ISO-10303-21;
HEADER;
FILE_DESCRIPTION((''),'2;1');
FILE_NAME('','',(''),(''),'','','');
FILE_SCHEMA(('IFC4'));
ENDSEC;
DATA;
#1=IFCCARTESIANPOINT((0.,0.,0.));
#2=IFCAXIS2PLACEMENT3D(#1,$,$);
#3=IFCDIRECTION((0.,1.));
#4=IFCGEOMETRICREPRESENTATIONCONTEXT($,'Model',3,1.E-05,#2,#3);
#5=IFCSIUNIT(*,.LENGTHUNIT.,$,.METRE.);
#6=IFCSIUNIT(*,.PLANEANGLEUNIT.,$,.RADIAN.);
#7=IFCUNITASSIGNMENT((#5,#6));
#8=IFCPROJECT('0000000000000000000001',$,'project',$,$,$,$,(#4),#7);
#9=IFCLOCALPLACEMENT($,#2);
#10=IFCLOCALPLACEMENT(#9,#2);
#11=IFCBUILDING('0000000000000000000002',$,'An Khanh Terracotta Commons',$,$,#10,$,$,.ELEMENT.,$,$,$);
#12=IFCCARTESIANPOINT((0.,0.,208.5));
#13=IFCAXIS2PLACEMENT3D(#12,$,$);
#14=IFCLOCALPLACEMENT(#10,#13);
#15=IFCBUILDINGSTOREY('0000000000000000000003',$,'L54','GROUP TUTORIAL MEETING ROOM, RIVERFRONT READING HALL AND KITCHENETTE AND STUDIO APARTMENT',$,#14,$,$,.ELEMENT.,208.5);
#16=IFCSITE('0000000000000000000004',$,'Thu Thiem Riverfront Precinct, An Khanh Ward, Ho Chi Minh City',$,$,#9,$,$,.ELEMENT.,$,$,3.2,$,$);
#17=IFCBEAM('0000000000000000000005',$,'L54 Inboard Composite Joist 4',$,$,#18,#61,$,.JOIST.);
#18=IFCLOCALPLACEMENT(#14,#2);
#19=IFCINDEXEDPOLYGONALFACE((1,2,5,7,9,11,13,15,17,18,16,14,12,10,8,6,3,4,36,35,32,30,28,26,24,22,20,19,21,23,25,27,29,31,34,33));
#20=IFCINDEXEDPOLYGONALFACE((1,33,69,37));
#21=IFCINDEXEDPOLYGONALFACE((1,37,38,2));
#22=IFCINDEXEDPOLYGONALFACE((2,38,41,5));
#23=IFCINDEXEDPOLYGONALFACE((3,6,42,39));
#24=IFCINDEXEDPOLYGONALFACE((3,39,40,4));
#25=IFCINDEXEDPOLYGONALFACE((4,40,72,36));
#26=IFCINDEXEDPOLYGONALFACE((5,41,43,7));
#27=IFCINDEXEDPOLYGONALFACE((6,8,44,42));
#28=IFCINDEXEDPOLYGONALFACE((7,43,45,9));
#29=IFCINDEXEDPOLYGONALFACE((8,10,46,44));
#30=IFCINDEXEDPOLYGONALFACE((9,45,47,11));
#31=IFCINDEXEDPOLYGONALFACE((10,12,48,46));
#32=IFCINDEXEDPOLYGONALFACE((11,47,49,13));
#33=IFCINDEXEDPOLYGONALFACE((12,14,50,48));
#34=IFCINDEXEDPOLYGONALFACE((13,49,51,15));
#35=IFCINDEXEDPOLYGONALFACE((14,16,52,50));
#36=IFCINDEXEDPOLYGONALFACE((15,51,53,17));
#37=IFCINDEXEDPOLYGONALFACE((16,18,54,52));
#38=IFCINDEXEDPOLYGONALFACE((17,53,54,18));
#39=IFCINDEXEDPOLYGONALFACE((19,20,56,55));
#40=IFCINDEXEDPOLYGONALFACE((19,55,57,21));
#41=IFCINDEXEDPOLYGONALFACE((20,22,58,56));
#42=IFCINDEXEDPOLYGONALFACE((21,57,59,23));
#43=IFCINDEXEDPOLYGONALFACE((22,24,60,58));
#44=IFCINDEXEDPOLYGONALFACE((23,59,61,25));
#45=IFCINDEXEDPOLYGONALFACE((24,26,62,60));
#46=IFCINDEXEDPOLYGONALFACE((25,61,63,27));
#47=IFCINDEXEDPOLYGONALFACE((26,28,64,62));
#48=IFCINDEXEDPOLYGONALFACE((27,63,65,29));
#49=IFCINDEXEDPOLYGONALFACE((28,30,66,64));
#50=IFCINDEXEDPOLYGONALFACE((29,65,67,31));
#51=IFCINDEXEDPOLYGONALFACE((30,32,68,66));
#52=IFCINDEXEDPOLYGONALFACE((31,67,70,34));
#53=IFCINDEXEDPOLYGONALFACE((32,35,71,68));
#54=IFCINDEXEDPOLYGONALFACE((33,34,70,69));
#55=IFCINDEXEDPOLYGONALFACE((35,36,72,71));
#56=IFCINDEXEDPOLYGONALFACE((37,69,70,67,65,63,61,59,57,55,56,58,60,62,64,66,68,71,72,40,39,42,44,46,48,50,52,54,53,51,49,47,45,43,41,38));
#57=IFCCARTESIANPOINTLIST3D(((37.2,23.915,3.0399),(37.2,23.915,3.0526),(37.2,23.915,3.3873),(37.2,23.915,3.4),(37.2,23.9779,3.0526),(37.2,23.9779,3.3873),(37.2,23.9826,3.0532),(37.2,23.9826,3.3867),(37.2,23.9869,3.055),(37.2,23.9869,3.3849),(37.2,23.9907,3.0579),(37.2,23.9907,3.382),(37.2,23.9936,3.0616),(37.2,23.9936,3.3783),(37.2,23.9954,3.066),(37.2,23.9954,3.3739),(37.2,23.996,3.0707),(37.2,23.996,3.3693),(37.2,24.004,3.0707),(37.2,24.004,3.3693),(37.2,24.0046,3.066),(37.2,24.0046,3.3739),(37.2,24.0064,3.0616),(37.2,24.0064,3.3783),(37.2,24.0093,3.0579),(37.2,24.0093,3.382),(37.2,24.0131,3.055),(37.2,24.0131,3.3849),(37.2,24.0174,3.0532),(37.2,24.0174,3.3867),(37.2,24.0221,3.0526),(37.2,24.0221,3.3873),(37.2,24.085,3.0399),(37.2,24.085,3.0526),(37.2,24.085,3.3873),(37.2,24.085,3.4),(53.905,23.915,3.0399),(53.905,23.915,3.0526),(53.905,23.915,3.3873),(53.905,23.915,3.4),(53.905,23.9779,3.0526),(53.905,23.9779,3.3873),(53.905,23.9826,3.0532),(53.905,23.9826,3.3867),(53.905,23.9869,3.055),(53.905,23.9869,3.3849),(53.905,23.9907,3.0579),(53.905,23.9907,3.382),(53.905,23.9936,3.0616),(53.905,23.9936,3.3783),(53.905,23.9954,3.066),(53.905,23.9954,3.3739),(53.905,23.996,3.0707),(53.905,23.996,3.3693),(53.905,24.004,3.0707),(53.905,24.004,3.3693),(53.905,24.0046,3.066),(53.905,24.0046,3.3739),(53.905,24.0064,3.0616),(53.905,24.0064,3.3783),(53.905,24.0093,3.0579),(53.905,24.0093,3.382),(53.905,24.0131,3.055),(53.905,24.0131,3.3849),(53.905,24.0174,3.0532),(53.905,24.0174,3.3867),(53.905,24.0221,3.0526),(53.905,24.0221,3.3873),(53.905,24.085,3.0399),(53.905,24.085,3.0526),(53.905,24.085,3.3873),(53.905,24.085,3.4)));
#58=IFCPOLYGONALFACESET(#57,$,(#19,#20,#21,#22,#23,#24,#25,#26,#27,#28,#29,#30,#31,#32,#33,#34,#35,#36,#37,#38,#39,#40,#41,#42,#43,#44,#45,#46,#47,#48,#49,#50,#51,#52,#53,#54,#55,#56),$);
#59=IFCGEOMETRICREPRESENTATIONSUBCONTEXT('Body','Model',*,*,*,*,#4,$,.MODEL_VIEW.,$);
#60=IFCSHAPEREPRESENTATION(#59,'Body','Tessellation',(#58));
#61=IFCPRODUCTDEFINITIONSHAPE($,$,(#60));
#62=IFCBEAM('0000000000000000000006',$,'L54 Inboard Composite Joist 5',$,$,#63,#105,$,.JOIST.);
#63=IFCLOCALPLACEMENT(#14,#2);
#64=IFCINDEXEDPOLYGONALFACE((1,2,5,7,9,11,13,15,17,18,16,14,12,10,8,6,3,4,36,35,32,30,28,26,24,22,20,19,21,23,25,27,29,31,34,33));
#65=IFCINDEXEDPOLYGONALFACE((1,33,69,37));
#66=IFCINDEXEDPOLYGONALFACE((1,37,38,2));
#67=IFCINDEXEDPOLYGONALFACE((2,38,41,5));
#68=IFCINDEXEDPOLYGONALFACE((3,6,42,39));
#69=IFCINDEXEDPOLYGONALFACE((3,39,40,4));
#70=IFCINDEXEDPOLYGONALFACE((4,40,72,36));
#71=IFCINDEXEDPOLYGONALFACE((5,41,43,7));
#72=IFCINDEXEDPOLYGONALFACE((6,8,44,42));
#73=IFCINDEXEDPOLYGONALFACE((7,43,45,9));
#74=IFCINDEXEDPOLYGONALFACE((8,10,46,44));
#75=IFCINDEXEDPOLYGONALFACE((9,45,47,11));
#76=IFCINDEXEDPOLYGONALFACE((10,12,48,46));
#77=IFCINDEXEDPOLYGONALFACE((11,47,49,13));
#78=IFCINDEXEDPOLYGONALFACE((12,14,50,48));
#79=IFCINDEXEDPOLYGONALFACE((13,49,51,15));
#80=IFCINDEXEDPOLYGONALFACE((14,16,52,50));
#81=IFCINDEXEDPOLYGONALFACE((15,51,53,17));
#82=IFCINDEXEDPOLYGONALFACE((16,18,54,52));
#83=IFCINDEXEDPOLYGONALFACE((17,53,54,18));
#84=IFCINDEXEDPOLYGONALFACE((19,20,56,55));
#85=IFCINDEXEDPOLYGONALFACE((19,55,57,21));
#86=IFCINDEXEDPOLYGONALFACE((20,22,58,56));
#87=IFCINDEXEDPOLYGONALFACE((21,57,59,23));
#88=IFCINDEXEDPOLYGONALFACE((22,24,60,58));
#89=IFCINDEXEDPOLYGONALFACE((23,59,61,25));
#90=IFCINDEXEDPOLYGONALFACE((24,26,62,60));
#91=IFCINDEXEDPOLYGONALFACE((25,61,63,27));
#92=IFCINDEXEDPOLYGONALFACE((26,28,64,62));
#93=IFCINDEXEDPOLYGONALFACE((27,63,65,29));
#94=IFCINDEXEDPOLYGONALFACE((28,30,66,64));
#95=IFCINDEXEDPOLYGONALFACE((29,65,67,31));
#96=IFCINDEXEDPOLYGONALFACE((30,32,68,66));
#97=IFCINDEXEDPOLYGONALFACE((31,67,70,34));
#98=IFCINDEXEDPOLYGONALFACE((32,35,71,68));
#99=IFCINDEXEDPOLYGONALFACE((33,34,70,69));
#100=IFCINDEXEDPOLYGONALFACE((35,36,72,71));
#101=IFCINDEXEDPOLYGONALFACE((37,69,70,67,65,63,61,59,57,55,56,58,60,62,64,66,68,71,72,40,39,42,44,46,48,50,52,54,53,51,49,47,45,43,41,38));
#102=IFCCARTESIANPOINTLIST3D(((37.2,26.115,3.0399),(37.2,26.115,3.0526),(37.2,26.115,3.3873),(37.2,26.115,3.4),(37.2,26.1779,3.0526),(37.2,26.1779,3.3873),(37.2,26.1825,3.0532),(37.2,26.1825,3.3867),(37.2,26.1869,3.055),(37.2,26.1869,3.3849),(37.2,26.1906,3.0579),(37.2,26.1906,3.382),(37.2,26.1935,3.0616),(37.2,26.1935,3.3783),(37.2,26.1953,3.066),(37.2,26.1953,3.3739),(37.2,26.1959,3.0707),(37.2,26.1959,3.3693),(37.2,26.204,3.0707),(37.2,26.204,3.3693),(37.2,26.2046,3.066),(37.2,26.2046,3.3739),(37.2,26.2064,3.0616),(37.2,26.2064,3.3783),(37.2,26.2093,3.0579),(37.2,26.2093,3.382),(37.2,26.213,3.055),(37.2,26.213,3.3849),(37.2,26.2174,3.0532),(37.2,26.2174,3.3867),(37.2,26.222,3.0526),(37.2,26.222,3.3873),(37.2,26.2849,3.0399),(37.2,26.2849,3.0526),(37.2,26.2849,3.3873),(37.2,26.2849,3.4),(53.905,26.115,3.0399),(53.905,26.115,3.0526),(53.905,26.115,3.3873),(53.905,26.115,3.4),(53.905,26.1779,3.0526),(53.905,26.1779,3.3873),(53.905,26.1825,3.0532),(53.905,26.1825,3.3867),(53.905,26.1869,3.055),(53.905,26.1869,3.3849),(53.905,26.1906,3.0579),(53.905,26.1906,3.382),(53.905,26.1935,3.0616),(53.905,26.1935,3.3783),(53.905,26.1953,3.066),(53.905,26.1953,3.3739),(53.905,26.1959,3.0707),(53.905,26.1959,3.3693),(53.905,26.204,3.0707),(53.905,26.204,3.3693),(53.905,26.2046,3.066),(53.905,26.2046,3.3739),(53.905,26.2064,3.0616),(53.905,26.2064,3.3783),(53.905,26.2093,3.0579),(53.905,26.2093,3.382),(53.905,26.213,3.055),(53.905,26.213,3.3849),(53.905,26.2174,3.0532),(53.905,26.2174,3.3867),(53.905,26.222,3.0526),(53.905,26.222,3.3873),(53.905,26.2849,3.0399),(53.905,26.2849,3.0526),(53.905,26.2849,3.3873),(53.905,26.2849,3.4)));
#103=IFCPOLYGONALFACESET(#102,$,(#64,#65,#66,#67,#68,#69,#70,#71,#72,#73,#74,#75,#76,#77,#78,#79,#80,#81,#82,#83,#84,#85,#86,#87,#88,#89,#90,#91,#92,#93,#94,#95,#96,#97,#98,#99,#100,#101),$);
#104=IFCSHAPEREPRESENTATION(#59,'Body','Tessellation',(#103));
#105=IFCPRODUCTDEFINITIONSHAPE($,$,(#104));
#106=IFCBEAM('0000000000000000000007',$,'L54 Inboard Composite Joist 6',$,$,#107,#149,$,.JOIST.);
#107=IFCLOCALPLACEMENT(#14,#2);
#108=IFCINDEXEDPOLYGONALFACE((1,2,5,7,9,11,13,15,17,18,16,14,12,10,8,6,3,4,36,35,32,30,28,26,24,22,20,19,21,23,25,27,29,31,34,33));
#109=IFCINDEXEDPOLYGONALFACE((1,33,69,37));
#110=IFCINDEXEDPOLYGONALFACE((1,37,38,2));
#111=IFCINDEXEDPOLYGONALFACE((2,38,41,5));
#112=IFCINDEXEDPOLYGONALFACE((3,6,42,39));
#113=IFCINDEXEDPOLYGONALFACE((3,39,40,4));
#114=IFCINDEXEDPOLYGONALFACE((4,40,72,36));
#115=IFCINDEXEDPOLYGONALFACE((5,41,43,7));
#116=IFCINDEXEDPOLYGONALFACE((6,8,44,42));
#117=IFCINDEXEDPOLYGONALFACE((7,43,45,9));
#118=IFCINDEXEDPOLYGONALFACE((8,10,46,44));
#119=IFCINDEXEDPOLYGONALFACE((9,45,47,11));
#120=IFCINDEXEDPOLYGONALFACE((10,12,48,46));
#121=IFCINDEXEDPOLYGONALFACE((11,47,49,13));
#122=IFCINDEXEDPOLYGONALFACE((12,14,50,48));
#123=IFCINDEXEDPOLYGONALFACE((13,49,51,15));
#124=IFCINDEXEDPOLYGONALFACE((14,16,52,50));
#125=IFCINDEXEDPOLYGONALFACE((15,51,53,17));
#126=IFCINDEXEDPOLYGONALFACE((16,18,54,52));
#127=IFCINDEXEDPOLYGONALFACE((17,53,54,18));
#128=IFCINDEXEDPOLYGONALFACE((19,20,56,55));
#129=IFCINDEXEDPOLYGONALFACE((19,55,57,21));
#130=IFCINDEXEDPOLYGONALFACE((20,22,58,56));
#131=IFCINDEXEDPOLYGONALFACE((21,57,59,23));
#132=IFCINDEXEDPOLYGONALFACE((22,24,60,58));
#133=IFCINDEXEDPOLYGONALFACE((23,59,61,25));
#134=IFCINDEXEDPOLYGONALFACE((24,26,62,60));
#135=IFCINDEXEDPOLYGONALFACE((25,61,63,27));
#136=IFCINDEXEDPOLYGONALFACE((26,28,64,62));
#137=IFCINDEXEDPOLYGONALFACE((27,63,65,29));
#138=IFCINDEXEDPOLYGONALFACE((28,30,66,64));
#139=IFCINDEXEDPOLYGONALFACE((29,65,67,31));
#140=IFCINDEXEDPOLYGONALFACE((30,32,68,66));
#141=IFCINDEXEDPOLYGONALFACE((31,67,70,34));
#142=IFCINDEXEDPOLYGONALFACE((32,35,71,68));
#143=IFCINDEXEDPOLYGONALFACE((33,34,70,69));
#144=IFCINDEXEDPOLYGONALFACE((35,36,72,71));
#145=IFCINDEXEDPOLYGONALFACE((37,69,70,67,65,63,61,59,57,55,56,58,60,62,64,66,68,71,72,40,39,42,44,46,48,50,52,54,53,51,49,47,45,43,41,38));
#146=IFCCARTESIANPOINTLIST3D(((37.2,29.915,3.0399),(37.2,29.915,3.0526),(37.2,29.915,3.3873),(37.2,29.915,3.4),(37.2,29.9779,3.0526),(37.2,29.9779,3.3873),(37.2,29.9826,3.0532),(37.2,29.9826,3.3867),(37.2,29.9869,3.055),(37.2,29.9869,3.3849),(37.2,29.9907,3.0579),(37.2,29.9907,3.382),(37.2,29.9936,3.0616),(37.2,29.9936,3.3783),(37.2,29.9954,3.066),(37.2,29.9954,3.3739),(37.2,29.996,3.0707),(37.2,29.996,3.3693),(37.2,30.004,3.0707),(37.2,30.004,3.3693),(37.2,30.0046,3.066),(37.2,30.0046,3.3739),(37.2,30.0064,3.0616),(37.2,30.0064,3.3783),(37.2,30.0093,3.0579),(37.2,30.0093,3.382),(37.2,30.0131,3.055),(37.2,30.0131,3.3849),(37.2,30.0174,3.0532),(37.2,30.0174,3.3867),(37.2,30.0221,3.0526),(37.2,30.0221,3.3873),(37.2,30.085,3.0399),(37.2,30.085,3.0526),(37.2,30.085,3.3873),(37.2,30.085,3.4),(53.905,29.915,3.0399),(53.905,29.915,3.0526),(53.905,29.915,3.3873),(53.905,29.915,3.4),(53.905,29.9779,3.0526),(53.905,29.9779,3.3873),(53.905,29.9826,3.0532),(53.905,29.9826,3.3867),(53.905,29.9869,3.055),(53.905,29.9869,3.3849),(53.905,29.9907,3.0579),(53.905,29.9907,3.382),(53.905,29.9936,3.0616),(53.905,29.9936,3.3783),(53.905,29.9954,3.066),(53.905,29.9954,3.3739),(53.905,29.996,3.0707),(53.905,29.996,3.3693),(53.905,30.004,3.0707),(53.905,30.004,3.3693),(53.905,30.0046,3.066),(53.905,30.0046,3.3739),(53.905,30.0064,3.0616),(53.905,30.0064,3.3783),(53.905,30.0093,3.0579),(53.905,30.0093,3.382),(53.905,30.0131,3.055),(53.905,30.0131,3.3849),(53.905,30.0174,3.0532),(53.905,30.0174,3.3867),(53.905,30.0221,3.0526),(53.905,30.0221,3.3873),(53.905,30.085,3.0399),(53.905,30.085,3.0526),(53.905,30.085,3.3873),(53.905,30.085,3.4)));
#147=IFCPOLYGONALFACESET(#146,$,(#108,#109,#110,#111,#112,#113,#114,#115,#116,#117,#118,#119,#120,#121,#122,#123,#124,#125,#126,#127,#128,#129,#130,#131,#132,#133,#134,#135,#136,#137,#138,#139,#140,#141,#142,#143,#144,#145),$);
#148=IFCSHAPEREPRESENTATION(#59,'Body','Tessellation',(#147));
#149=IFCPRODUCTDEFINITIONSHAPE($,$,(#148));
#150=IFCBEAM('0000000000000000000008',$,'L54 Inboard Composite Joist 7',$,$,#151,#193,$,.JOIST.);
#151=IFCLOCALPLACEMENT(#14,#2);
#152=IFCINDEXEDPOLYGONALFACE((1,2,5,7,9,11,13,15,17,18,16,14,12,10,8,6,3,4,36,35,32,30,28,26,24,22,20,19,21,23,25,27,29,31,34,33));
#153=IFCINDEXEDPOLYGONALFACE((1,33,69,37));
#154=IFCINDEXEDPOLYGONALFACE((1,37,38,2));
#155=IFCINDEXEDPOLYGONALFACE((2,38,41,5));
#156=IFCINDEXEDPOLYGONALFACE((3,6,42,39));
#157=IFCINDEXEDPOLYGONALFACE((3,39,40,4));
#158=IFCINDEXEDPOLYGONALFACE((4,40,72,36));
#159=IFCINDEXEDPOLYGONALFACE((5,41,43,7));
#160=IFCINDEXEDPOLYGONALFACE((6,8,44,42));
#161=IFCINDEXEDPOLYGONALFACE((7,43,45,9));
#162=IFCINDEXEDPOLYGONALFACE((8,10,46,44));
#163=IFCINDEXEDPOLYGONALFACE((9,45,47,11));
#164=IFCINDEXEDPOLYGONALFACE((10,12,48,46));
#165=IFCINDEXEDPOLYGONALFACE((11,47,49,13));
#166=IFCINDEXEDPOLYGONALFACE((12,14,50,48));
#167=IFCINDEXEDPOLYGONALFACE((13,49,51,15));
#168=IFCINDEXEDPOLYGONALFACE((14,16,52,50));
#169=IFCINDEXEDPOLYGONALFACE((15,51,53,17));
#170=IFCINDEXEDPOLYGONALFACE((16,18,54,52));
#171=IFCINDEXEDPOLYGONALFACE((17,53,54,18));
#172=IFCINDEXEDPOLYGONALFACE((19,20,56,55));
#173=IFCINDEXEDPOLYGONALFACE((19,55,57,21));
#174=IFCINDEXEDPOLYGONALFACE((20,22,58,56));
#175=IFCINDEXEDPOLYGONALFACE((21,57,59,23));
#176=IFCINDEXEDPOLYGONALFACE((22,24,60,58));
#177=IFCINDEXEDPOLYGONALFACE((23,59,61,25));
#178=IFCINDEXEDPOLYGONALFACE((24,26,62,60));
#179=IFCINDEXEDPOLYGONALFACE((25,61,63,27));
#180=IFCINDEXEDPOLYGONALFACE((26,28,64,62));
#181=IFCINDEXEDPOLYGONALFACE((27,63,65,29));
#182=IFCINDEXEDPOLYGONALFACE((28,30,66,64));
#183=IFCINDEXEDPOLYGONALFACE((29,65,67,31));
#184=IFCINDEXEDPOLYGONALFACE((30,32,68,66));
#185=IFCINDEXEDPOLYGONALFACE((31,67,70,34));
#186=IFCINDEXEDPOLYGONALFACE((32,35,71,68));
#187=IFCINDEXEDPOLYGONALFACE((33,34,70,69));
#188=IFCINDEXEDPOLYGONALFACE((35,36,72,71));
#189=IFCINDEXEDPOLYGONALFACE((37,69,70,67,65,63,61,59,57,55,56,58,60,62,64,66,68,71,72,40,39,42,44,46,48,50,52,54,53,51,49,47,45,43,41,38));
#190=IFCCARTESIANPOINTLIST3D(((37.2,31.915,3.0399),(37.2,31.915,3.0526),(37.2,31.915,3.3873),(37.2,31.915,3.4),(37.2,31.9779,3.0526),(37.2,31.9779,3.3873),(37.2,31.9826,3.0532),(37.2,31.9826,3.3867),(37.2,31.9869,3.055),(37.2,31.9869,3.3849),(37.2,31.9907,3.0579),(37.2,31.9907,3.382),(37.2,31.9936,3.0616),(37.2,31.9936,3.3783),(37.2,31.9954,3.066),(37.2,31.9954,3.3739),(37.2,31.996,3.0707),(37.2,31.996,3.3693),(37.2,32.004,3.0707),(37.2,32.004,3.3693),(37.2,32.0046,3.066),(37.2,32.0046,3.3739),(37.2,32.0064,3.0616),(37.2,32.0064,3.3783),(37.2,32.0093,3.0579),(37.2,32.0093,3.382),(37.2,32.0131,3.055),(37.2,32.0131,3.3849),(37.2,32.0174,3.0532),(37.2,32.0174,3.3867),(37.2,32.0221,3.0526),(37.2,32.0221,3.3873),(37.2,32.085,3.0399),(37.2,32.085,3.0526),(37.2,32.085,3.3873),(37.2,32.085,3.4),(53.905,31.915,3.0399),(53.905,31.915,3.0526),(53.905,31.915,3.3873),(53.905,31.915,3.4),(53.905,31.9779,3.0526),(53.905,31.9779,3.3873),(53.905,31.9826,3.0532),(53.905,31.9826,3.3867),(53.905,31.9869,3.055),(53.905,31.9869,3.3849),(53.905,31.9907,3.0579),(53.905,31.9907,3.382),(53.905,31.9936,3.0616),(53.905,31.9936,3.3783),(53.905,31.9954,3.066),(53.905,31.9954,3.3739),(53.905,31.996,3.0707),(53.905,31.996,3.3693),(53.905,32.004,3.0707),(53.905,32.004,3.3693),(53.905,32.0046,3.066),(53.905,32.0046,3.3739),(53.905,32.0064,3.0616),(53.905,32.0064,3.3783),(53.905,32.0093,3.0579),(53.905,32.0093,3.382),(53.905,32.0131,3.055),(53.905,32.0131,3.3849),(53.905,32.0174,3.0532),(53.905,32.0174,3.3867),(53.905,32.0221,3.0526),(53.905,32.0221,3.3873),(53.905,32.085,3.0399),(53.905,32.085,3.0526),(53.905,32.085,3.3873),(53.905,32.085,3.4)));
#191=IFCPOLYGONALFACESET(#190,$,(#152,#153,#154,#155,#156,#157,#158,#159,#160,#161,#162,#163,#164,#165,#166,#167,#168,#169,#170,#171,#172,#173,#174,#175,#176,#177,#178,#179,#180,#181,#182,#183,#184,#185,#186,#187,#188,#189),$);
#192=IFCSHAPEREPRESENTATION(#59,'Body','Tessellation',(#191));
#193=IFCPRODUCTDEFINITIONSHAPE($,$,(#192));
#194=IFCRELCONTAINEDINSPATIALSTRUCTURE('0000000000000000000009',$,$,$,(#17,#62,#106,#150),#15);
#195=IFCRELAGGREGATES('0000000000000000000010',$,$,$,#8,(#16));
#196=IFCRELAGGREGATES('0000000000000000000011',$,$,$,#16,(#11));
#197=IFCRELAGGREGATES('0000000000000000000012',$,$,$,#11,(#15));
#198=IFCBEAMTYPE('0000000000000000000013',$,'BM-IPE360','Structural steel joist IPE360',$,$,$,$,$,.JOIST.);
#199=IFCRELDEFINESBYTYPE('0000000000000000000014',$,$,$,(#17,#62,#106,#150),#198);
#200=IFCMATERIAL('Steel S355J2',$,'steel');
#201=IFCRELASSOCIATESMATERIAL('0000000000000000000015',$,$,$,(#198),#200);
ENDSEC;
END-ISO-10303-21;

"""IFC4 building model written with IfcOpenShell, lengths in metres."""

from ifc_helpers import new_model, si_unit, direction, frame, origin, origin_2d, place, context, subcontext, project, spatial, i_section, extrude, material, material_profile, profile_set, type_object, element, save


model = new_model("IFC4")

# Units and contexts
model_context = context("Model", 3, precision=1e-05, world=origin(), true_north=direction((0.0, 1.0)))
body_context = subcontext(model_context, "Body", "Model", "MODEL_VIEW")
ifc_project = project(units=[si_unit("LENGTHUNIT", "METRE"), si_unit("PLANEANGLEUNIT", "RADIAN")], contexts=[model_context])

# Site, building, storey
site_placement = place(None, origin())
site = spatial("IfcSite", under=ifc_project, at=site_placement, Name="Thu Thiem Riverfront Precinct, An Khanh Ward, Ho Chi Minh City", CompositionType="ELEMENT", RefElevation=3.2)
building_placement = place(site_placement, origin())
building = spatial("IfcBuilding", under=site, at=building_placement, Name="An Khanh Terracotta Commons", CompositionType="ELEMENT")
storey_placement = place(building_placement, frame((0.0, 0.0, 208.5)))
storey = spatial("IfcBuildingStorey", under=building, at=storey_placement, Name="L54", Description="GROUP TUTORIAL MEETING ROOM, RIVERFRONT READING HALL AND KITCHENETTE AND STUDIO APARTMENT", CompositionType="ELEMENT", Elevation=208.5)

# Beams
ifc_material_1 = material(Name="Steel S355J2", Category="steel")
ifc_material_profile_1 = material_profile(ifc_material_1, i_section(OverallWidth=0.1699, OverallDepth=0.3601, WebThickness=0.0081, FlangeThickness=0.0127, FilletRadius=0.0181, at=origin_2d()), Name="IPE360")
ifc_profile_set_1 = profile_set([ifc_material_profile_1], Name="Steel S355J2")
beam_type_1 = type_object("IfcBeamType", Name="BM-IPE360", Description="Structural steel joist IPE360", PredefinedType="JOIST", material=ifc_profile_set_1)
for number, where, z_axis, x_axis, name in (
    (1, (37.2, 24.0, 3.22), (1.0, 0.0, 0.0), (0.0, 1.0, 0.0), "L54 Inboard Composite Joist 4"),
    (2, (37.2, 26.2, 3.22), (1.0, 0.0, 0.0), (0.0, 1.0, 0.0), "L54 Inboard Composite Joist 5"),
    (3, (37.2, 30.0, 3.22), (1.0, 0.0, 0.0), (0.0, 1.0, 0.0), "L54 Inboard Composite Joist 6"),
    (4, (37.2, 32.0, 3.22), (1.0, 0.0, 0.0), (0.0, 1.0, 0.0), "L54 Inboard Composite Joist 7"),
):
    element("IfcBeam", number, at=place(storey_placement, frame(where, z_axis=z_axis, x_axis=x_axis)), inside=storey, type_object=beam_type_1, Name=name, PredefinedType="JOIST", context=body_context, shape_type="SweptSolid", body=[
        extrude(i_section(OverallWidth=0.1699, OverallDepth=0.3601, WebThickness=0.0081, FlangeThickness=0.0127, FilletRadius=0.0181, at=origin_2d()), origin(), (0.0, 0.0, 1.0), 16.7051),
    ])

save(model, "model.ifc")
